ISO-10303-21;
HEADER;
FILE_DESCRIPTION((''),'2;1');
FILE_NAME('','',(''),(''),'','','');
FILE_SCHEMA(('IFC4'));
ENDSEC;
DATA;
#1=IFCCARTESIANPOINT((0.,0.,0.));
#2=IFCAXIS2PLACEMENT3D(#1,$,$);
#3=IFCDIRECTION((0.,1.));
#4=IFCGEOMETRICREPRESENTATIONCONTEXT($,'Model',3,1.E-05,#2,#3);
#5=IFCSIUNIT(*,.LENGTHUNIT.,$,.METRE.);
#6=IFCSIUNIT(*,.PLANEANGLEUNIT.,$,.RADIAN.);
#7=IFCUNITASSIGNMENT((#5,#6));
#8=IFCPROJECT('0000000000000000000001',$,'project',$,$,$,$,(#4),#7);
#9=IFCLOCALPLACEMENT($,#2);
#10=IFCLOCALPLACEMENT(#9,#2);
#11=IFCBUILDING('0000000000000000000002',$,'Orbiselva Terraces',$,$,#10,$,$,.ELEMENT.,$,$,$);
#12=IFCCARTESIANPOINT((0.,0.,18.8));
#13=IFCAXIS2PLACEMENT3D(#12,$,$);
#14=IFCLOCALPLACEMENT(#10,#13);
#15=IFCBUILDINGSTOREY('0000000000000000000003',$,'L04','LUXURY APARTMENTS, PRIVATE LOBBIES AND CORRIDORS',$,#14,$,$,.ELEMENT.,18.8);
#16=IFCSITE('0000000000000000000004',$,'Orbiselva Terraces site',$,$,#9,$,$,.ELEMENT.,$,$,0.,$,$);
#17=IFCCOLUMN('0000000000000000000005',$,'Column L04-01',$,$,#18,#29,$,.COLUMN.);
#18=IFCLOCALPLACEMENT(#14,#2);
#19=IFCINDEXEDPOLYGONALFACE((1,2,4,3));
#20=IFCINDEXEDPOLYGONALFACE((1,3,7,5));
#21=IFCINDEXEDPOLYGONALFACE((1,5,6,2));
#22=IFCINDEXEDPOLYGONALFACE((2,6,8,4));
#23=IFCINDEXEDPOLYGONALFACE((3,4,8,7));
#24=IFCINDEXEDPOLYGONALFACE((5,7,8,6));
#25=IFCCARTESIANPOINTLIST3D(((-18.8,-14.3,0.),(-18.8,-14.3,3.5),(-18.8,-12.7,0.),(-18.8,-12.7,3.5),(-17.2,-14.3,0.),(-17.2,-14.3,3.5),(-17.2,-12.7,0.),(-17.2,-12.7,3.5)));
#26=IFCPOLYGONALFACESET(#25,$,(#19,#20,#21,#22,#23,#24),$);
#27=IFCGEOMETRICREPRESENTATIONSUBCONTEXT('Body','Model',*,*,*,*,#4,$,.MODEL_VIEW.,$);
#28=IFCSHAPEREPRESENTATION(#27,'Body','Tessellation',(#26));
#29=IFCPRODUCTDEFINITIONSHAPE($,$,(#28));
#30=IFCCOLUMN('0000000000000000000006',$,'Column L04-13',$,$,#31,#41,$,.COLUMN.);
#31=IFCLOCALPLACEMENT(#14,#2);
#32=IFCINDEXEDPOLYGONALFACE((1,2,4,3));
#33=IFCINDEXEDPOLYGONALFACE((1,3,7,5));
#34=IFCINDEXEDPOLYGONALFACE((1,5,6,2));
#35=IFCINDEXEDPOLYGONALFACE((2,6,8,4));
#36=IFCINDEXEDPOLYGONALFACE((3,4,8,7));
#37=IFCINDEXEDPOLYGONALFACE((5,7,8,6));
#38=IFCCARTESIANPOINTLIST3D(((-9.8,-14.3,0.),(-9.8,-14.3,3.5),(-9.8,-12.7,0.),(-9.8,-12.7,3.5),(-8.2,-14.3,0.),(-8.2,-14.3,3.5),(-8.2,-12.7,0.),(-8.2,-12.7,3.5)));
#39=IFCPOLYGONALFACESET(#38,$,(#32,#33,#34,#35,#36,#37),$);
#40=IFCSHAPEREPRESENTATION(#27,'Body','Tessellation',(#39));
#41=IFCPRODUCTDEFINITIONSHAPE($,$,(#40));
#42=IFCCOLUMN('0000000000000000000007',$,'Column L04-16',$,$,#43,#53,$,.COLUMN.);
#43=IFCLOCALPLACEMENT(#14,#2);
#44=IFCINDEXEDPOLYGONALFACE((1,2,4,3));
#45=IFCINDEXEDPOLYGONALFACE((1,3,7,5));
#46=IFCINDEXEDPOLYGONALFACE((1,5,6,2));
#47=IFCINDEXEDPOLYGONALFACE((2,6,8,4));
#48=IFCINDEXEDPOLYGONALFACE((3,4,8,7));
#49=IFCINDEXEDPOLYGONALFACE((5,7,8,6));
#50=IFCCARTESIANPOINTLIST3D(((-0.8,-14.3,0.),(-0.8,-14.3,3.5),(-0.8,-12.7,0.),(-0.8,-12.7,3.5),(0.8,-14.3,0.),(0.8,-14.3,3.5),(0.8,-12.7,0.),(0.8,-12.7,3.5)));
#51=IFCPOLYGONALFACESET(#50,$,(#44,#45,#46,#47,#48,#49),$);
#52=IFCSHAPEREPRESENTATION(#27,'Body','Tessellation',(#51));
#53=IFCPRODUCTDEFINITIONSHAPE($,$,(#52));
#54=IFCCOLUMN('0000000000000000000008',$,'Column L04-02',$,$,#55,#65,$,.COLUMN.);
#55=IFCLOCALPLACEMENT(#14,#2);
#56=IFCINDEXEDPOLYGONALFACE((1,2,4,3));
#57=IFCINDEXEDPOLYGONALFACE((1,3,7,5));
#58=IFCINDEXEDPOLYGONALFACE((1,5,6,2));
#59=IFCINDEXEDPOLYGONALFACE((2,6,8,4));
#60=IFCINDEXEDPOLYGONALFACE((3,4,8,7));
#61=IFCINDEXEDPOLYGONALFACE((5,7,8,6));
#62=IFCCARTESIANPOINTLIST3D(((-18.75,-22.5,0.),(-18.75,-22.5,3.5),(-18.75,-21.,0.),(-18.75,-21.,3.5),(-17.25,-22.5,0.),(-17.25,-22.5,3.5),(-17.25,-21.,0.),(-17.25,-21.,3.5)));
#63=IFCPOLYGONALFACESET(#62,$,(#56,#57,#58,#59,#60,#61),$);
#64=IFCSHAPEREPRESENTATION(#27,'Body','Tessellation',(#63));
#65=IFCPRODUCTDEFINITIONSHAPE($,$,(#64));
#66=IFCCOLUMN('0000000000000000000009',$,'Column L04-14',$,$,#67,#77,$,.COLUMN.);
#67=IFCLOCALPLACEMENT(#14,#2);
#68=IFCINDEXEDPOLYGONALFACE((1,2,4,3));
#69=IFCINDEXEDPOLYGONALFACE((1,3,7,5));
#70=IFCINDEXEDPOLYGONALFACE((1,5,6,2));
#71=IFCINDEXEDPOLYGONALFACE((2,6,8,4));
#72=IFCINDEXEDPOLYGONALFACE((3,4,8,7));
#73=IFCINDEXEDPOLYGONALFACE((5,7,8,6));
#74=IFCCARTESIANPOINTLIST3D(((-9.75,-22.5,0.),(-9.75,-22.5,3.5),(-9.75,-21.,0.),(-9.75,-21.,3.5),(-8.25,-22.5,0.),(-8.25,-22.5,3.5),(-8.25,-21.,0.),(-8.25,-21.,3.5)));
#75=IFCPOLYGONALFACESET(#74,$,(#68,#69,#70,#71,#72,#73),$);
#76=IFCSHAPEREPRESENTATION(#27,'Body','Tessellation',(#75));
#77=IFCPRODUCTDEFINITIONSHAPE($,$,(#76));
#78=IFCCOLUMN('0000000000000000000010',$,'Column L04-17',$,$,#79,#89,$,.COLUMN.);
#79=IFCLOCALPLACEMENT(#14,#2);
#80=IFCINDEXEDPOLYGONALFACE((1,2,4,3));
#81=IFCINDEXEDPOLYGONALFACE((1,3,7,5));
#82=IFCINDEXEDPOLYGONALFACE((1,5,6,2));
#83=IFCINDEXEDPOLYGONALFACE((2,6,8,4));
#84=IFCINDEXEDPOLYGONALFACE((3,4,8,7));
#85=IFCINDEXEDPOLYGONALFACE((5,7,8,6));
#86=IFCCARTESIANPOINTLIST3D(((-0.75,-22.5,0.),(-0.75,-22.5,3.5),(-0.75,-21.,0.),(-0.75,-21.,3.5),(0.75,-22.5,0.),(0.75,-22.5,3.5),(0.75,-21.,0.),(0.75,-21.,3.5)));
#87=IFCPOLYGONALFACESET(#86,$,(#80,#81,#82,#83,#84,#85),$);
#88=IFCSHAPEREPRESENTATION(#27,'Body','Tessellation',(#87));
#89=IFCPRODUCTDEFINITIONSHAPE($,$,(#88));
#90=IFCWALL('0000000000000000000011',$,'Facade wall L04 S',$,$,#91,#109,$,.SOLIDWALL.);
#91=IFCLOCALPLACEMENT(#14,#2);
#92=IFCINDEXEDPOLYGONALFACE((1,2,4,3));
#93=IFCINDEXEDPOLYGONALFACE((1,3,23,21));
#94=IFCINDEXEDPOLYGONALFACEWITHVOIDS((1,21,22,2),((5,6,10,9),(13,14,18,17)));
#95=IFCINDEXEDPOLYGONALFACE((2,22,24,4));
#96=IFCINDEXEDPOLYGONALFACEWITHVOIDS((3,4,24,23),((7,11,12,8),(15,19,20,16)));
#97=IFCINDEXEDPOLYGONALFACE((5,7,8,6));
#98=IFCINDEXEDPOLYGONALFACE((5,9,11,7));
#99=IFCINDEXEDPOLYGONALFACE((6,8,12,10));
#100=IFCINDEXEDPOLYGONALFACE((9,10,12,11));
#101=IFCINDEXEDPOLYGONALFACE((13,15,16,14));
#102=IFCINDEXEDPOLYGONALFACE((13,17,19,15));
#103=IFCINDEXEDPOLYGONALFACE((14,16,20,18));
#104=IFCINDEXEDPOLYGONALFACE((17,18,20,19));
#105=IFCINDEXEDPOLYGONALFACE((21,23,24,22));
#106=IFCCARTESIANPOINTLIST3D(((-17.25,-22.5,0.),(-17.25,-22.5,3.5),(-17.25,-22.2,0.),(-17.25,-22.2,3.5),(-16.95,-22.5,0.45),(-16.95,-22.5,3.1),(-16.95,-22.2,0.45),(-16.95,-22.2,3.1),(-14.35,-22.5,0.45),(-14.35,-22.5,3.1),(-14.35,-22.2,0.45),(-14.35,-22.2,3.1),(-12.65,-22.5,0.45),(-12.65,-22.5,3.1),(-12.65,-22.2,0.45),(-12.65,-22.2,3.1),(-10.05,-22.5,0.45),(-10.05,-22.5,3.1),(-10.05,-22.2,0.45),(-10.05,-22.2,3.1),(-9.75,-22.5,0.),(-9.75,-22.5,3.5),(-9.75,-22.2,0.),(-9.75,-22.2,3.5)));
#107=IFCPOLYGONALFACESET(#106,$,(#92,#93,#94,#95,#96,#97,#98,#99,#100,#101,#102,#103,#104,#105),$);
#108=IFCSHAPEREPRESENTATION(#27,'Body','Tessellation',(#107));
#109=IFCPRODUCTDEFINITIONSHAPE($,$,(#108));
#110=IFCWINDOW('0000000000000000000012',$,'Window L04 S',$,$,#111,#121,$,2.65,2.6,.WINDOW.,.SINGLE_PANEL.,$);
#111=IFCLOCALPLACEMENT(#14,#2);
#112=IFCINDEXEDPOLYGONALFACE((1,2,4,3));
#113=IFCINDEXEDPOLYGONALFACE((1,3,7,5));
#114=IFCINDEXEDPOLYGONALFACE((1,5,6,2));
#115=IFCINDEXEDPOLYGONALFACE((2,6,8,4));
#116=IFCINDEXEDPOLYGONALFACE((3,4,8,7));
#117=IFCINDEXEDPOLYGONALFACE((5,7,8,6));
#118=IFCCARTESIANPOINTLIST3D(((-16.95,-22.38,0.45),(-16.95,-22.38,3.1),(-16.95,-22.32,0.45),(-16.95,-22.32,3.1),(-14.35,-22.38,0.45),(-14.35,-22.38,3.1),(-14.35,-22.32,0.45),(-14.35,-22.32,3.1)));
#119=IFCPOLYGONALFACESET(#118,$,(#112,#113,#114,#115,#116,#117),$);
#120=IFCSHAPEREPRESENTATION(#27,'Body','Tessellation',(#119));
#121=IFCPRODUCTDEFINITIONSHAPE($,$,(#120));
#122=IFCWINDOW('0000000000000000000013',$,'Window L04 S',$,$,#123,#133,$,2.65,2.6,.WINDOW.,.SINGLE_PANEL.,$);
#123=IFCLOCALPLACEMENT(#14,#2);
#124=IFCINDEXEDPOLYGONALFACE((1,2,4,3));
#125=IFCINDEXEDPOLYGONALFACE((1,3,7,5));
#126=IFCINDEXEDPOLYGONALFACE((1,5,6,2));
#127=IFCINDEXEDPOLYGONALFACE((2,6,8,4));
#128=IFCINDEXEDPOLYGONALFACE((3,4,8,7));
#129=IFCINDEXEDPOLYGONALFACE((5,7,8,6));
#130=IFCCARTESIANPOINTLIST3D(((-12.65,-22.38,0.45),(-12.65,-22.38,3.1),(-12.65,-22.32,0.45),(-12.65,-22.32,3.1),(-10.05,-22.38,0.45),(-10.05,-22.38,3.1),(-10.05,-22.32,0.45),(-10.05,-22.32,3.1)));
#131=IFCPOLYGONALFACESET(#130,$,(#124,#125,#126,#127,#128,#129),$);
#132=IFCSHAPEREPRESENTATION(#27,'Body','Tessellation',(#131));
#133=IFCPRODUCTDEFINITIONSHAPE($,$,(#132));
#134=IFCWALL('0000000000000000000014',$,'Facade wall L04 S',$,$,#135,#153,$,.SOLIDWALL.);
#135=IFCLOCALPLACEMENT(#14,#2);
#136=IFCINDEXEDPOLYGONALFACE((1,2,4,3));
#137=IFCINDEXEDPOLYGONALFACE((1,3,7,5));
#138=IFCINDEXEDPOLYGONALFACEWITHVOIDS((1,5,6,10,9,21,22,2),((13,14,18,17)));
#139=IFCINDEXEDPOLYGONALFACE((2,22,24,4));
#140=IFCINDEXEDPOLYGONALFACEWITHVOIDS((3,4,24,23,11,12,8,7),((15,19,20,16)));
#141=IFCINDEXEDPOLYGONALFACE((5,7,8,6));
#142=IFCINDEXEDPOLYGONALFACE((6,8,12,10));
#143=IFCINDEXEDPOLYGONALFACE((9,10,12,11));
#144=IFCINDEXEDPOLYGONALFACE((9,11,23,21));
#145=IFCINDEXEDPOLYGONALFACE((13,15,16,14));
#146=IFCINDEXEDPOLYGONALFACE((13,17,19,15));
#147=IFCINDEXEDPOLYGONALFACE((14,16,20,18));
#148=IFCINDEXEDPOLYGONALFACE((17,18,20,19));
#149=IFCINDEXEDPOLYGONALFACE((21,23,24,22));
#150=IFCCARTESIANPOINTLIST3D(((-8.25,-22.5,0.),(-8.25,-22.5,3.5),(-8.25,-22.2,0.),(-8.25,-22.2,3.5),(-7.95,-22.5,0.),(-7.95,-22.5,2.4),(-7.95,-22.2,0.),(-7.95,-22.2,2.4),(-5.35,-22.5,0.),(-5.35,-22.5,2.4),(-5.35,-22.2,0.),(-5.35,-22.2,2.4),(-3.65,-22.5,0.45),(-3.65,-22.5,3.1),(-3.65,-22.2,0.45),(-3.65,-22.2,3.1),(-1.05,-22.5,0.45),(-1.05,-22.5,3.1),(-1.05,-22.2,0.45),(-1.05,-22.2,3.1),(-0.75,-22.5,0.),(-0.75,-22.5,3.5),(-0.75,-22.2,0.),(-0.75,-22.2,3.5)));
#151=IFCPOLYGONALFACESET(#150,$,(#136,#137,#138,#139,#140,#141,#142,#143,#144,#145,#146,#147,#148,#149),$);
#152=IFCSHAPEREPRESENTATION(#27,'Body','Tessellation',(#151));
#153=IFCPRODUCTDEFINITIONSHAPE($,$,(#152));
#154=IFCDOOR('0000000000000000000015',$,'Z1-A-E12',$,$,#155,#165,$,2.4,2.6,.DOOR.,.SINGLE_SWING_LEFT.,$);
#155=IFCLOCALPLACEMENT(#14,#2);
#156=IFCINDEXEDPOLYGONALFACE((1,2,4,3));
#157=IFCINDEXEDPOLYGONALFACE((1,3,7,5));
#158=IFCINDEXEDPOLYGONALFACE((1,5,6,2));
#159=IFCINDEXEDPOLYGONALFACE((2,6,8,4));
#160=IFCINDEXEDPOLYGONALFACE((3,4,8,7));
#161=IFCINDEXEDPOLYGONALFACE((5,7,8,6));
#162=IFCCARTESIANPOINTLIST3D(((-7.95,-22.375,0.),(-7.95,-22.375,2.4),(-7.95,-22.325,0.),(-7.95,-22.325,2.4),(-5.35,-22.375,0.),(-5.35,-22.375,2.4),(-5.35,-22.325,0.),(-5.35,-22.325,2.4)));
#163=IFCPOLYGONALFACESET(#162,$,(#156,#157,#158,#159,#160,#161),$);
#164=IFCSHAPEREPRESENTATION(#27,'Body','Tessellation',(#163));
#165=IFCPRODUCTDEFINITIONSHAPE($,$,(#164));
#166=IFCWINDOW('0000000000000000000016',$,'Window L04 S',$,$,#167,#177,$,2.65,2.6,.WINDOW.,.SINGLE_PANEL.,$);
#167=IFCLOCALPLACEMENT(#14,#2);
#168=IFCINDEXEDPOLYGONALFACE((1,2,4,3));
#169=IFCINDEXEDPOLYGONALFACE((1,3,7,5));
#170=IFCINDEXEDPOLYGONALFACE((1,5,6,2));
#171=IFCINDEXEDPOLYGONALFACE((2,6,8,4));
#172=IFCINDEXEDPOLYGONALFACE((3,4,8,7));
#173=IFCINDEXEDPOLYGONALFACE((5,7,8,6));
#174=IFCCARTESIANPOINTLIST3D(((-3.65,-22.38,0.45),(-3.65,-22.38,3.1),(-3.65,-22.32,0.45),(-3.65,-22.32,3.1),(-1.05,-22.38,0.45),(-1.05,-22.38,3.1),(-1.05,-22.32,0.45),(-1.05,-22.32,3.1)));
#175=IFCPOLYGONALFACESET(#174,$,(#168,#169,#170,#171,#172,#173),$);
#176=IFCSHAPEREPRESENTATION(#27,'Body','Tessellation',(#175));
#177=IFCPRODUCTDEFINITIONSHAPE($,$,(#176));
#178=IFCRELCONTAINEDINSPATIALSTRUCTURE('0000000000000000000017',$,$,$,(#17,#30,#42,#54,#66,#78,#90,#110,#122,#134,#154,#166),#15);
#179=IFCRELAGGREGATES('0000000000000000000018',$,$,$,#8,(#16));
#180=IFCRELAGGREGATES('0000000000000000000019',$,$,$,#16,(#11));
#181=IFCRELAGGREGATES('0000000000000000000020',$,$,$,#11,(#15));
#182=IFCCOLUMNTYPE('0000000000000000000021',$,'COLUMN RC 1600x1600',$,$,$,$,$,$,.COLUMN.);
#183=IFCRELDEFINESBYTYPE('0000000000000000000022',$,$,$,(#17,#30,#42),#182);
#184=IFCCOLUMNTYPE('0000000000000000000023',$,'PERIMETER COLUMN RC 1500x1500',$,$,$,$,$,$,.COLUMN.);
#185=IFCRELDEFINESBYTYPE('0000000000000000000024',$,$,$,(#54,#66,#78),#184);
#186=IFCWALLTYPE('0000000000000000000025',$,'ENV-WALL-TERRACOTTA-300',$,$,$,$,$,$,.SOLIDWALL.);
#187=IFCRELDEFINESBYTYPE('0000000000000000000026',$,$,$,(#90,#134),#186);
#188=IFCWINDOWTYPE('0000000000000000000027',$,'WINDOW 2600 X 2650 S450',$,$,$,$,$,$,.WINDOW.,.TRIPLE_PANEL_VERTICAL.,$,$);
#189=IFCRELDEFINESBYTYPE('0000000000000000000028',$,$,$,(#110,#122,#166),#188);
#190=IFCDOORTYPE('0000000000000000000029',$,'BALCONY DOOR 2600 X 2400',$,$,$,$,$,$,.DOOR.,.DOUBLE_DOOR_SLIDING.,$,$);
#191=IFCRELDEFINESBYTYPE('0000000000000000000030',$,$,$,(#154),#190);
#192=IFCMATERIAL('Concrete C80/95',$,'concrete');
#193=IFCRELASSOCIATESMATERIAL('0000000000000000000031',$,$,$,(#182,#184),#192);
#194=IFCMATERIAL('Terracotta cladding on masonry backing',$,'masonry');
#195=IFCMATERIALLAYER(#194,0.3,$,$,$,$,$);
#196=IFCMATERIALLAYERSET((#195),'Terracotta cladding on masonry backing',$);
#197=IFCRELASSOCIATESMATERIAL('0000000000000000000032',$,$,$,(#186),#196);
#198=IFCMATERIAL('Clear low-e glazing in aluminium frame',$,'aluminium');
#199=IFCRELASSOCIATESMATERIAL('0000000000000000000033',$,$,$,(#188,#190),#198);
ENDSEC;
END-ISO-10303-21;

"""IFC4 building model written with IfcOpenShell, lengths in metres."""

from ifc_helpers import new_model, si_unit, direction, frame, frame_2d, origin, origin_2d, place, context, subcontext, project, spatial, rectangle, extrude, material, layer, layer_set, material_profile, profile_set, type_object, element, fill, save


model = new_model("IFC4")

# Units and contexts
model_context = context("Model", 3, precision=1e-05, world=origin(), true_north=direction((0.0, 1.0)))
body_context = subcontext(model_context, "Body", "Model", "MODEL_VIEW")
ifc_project = project(units=[si_unit("LENGTHUNIT", "METRE"), si_unit("PLANEANGLEUNIT", "RADIAN")], contexts=[model_context])

# Site, building, storey
site_placement = place(None, origin())
site = spatial("IfcSite", under=ifc_project, at=site_placement, Name="Orbiselva Terraces site", CompositionType="ELEMENT", RefElevation=0.0)
building_placement = place(site_placement, origin())
building = spatial("IfcBuilding", under=site, at=building_placement, Name="Orbiselva Terraces", CompositionType="ELEMENT")
storey_placement = place(building_placement, frame((0.0, 0.0, 18.8)))
storey = spatial("IfcBuildingStorey", under=building, at=storey_placement, Name="L04", Description="LUXURY APARTMENTS, PRIVATE LOBBIES AND CORRIDORS", CompositionType="ELEMENT", Elevation=18.8)

# Columns
ifc_material_1 = material(Name="Concrete C80/95", Category="concrete")
ifc_material_profile_1 = material_profile(ifc_material_1, rectangle(XDim=1.6, YDim=1.6, at=origin_2d()), Name="RC 1600x1600")
ifc_profile_set_1 = profile_set([ifc_material_profile_1], Name="Concrete C80/95")
column_type_1 = type_object("IfcColumnType", Name="COLUMN RC 1600x1600", PredefinedType="COLUMN", material=ifc_profile_set_1)
for number, where, z_axis, x_axis, name in (
    (1, (-18.0, -13.5, 0.0), (0.0, 0.0, 1.0), (1.0, 0.0, 0.0), "Column L04-01"),
    (2, (-9.0, -13.5, 0.0), (0.0, 0.0, 1.0), (1.0, 0.0, 0.0), "Column L04-13"),
    (3, (0.0, -13.5, 0.0), (0.0, 0.0, 1.0), (1.0, 0.0, 0.0), "Column L04-16"),
):
    element("IfcColumn", number, at=place(storey_placement, frame(where, z_axis=z_axis, x_axis=x_axis)), inside=storey, type_object=column_type_1, Name=name, PredefinedType="COLUMN", context=body_context, shape_type="SweptSolid", body=[
        extrude(rectangle(XDim=1.6, YDim=1.6, at=origin_2d()), origin(), (0.0, 0.0, 1.0), 3.5),
    ])
ifc_material_profile_2 = material_profile(ifc_material_1, rectangle(XDim=1.5, YDim=1.5, at=origin_2d()), Name="RC 1500x1500")
ifc_profile_set_2 = profile_set([ifc_material_profile_2], Name="Concrete C80/95")
column_type_2 = type_object("IfcColumnType", Name="PERIMETER COLUMN RC 1500x1500", PredefinedType="COLUMN", material=ifc_profile_set_2)
for number, where, z_axis, x_axis, name in (
    (4, (-18.0, -21.75, 0.0), (0.0, 0.0, 1.0), (1.0, 0.0, 0.0), "Column L04-02"),
    (5, (-9.0, -21.75, 0.0), (0.0, 0.0, 1.0), (1.0, 0.0, 0.0), "Column L04-14"),
    (6, (0.0, -21.75, 0.0), (0.0, 0.0, 1.0), (1.0, 0.0, 0.0), "Column L04-17"),
):
    element("IfcColumn", number, at=place(storey_placement, frame(where, z_axis=z_axis, x_axis=x_axis)), inside=storey, type_object=column_type_2, Name=name, PredefinedType="COLUMN", context=body_context, shape_type="SweptSolid", body=[
        extrude(rectangle(XDim=1.5, YDim=1.5, at=origin_2d()), origin(), (0.0, 0.0, 1.0), 3.5),
    ])

# Wall, openings, windows
ifc_material_2 = material(Name="Terracotta cladding on masonry backing", Category="masonry")
ifc_layer_1 = layer(ifc_material_2, 0.3)
ifc_layer_set_1 = layer_set([ifc_layer_1], Name="Terracotta cladding on masonry backing")
wall_type_1 = type_object("IfcWallType", Name="ENV-WALL-TERRACOTTA-300", PredefinedType="SOLIDWALL", material=ifc_layer_set_1)
wall_1_placement = place(storey_placement, frame((-9.75, -22.35, 0.0), z_axis=(0.0, 0.0, 1.0), x_axis=(-1.0, 0.0, 0.0)))
wall_1 = element("IfcWall", 7, at=wall_1_placement, inside=storey, type_object=wall_type_1, Name="Facade wall L04 S", PredefinedType="SOLIDWALL", context=body_context, shape_type="SweptSolid", body=[
    extrude(rectangle(XDim=7.5, YDim=0.3, at=frame_2d((3.75, 0.0))), origin(), (0.0, 0.0, 1.0), 3.5),
])
opening_1_placement = place(wall_1_placement, frame((4.6, 0.0, 0.45)))
opening_1 = element("IfcOpeningElement", 8, at=opening_1_placement, cuts=wall_1, PredefinedType="OPENING", context=body_context, shape_type="SweptSolid", body=[
    extrude(rectangle(XDim=2.6, YDim=2.65, at=frame_2d((1.3, 1.325))), frame((0.0, 0.16, 0.0), z_axis=(0.0, -1.0, 0.0), x_axis=(1.0, 0.0, 0.0)), (0.0, 0.0, 1.0), 0.32),
])
opening_2_placement = place(wall_1_placement, frame((0.3, 0.0, 0.45)))
opening_2 = element("IfcOpeningElement", 9, at=opening_2_placement, cuts=wall_1, PredefinedType="OPENING", context=body_context, shape_type="SweptSolid", body=[
    extrude(rectangle(XDim=2.6, YDim=2.65, at=frame_2d((1.3, 1.325))), frame((0.0, 0.16, 0.0), z_axis=(0.0, -1.0, 0.0), x_axis=(1.0, 0.0, 0.0)), (0.0, 0.0, 1.0), 0.32),
])
ifc_material_3 = material(Name="Clear low-e glazing in aluminium frame", Category="aluminium")
window_type = type_object("IfcWindowType", Name="WINDOW 2600 X 2650 S450", PartitioningType="TRIPLE_PANEL_VERTICAL", PredefinedType="WINDOW", material=ifc_material_3)
window_1_placement = place(opening_1_placement, origin())
window_1 = element("IfcWindow", 10, at=window_1_placement, inside=storey, type_object=window_type, Name="Window L04 S", OverallHeight=2.65, OverallWidth=2.6, PartitioningType="SINGLE_PANEL", PredefinedType="WINDOW", context=body_context, shape_type="SweptSolid", body=[
    extrude(rectangle(XDim=2.6, YDim=2.65, at=frame_2d((1.3, 1.325))), frame((0.0, 0.03, 0.0), z_axis=(0.0, -1.0, 0.0), x_axis=(1.0, 0.0, 0.0)), (0.0, 0.0, 1.0), 0.06),
])
fill(opening_1, window_1)
window_2_placement = place(opening_2_placement, origin())
window_2 = element("IfcWindow", 11, at=window_2_placement, inside=storey, type_object=window_type, Name="Window L04 S", OverallHeight=2.65, OverallWidth=2.6, PartitioningType="SINGLE_PANEL", PredefinedType="WINDOW", context=body_context, shape_type="SweptSolid", body=[
    extrude(rectangle(XDim=2.6, YDim=2.65, at=frame_2d((1.3, 1.325))), frame((0.0, 0.03, 0.0), z_axis=(0.0, -1.0, 0.0), x_axis=(1.0, 0.0, 0.0)), (0.0, 0.0, 1.0), 0.06),
])
fill(opening_2, window_2)

# Wall, openings, door, window
wall_2_placement = place(storey_placement, frame((-0.75, -22.35, 0.0), z_axis=(0.0, 0.0, 1.0), x_axis=(-1.0, 0.0, 0.0)))
wall_2 = element("IfcWall", 12, at=wall_2_placement, inside=storey, type_object=wall_type_1, Name="Facade wall L04 S", PredefinedType="SOLIDWALL", context=body_context, shape_type="SweptSolid", body=[
    extrude(rectangle(XDim=7.5, YDim=0.3, at=frame_2d((3.75, 0.0))), origin(), (0.0, 0.0, 1.0), 3.5),
])
opening_3_placement = place(wall_2_placement, frame((4.6, 0.0, 0.0)))
opening_3 = element("IfcOpeningElement", 13, at=opening_3_placement, cuts=wall_2, PredefinedType="OPENING", context=body_context, shape_type="SweptSolid", body=[
    extrude(rectangle(XDim=2.6, YDim=2.4, at=frame_2d((1.3, 1.2))), frame((0.0, 0.16, 0.0), z_axis=(0.0, -1.0, 0.0), x_axis=(1.0, 0.0, 0.0)), (0.0, 0.0, 1.0), 0.32),
])
opening_4_placement = place(wall_2_placement, frame((0.3, 0.0, 0.45)))
opening_4 = element("IfcOpeningElement", 14, at=opening_4_placement, cuts=wall_2, PredefinedType="OPENING", context=body_context, shape_type="SweptSolid", body=[
    extrude(rectangle(XDim=2.6, YDim=2.65, at=frame_2d((1.3, 1.325))), frame((0.0, 0.16, 0.0), z_axis=(0.0, -1.0, 0.0), x_axis=(1.0, 0.0, 0.0)), (0.0, 0.0, 1.0), 0.32),
])
door_type_1 = type_object("IfcDoorType", Name="BALCONY DOOR 2600 X 2400", OperationType="DOUBLE_DOOR_SLIDING", PredefinedType="DOOR", material=ifc_material_3)
door_1_placement = place(opening_3_placement, origin())
door_1 = element("IfcDoor", 15, at=door_1_placement, inside=storey, type_object=door_type_1, Name="Z1-A-E12", OperationType="SINGLE_SWING_LEFT", OverallHeight=2.4, OverallWidth=2.6, PredefinedType="DOOR", context=body_context, shape_type="SweptSolid", body=[
    extrude(rectangle(XDim=2.6, YDim=2.4, at=frame_2d((1.3, 1.2))), frame((0.0, 0.025, 0.0), z_axis=(0.0, -1.0, 0.0), x_axis=(1.0, 0.0, 0.0)), (0.0, 0.0, 1.0), 0.05),
])
fill(opening_3, door_1)
window_3_placement = place(opening_4_placement, origin())
window_3 = element("IfcWindow", 16, at=window_3_placement, inside=storey, type_object=window_type, Name="Window L04 S", OverallHeight=2.65, OverallWidth=2.6, PartitioningType="SINGLE_PANEL", PredefinedType="WINDOW", context=body_context, shape_type="SweptSolid", body=[
    extrude(rectangle(XDim=2.6, YDim=2.65, at=frame_2d((1.3, 1.325))), frame((0.0, 0.03, 0.0), z_axis=(0.0, -1.0, 0.0), x_axis=(1.0, 0.0, 0.0)), (0.0, 0.0, 1.0), 0.06),
])
fill(opening_4, window_3)

save(model, "model.ifc")
